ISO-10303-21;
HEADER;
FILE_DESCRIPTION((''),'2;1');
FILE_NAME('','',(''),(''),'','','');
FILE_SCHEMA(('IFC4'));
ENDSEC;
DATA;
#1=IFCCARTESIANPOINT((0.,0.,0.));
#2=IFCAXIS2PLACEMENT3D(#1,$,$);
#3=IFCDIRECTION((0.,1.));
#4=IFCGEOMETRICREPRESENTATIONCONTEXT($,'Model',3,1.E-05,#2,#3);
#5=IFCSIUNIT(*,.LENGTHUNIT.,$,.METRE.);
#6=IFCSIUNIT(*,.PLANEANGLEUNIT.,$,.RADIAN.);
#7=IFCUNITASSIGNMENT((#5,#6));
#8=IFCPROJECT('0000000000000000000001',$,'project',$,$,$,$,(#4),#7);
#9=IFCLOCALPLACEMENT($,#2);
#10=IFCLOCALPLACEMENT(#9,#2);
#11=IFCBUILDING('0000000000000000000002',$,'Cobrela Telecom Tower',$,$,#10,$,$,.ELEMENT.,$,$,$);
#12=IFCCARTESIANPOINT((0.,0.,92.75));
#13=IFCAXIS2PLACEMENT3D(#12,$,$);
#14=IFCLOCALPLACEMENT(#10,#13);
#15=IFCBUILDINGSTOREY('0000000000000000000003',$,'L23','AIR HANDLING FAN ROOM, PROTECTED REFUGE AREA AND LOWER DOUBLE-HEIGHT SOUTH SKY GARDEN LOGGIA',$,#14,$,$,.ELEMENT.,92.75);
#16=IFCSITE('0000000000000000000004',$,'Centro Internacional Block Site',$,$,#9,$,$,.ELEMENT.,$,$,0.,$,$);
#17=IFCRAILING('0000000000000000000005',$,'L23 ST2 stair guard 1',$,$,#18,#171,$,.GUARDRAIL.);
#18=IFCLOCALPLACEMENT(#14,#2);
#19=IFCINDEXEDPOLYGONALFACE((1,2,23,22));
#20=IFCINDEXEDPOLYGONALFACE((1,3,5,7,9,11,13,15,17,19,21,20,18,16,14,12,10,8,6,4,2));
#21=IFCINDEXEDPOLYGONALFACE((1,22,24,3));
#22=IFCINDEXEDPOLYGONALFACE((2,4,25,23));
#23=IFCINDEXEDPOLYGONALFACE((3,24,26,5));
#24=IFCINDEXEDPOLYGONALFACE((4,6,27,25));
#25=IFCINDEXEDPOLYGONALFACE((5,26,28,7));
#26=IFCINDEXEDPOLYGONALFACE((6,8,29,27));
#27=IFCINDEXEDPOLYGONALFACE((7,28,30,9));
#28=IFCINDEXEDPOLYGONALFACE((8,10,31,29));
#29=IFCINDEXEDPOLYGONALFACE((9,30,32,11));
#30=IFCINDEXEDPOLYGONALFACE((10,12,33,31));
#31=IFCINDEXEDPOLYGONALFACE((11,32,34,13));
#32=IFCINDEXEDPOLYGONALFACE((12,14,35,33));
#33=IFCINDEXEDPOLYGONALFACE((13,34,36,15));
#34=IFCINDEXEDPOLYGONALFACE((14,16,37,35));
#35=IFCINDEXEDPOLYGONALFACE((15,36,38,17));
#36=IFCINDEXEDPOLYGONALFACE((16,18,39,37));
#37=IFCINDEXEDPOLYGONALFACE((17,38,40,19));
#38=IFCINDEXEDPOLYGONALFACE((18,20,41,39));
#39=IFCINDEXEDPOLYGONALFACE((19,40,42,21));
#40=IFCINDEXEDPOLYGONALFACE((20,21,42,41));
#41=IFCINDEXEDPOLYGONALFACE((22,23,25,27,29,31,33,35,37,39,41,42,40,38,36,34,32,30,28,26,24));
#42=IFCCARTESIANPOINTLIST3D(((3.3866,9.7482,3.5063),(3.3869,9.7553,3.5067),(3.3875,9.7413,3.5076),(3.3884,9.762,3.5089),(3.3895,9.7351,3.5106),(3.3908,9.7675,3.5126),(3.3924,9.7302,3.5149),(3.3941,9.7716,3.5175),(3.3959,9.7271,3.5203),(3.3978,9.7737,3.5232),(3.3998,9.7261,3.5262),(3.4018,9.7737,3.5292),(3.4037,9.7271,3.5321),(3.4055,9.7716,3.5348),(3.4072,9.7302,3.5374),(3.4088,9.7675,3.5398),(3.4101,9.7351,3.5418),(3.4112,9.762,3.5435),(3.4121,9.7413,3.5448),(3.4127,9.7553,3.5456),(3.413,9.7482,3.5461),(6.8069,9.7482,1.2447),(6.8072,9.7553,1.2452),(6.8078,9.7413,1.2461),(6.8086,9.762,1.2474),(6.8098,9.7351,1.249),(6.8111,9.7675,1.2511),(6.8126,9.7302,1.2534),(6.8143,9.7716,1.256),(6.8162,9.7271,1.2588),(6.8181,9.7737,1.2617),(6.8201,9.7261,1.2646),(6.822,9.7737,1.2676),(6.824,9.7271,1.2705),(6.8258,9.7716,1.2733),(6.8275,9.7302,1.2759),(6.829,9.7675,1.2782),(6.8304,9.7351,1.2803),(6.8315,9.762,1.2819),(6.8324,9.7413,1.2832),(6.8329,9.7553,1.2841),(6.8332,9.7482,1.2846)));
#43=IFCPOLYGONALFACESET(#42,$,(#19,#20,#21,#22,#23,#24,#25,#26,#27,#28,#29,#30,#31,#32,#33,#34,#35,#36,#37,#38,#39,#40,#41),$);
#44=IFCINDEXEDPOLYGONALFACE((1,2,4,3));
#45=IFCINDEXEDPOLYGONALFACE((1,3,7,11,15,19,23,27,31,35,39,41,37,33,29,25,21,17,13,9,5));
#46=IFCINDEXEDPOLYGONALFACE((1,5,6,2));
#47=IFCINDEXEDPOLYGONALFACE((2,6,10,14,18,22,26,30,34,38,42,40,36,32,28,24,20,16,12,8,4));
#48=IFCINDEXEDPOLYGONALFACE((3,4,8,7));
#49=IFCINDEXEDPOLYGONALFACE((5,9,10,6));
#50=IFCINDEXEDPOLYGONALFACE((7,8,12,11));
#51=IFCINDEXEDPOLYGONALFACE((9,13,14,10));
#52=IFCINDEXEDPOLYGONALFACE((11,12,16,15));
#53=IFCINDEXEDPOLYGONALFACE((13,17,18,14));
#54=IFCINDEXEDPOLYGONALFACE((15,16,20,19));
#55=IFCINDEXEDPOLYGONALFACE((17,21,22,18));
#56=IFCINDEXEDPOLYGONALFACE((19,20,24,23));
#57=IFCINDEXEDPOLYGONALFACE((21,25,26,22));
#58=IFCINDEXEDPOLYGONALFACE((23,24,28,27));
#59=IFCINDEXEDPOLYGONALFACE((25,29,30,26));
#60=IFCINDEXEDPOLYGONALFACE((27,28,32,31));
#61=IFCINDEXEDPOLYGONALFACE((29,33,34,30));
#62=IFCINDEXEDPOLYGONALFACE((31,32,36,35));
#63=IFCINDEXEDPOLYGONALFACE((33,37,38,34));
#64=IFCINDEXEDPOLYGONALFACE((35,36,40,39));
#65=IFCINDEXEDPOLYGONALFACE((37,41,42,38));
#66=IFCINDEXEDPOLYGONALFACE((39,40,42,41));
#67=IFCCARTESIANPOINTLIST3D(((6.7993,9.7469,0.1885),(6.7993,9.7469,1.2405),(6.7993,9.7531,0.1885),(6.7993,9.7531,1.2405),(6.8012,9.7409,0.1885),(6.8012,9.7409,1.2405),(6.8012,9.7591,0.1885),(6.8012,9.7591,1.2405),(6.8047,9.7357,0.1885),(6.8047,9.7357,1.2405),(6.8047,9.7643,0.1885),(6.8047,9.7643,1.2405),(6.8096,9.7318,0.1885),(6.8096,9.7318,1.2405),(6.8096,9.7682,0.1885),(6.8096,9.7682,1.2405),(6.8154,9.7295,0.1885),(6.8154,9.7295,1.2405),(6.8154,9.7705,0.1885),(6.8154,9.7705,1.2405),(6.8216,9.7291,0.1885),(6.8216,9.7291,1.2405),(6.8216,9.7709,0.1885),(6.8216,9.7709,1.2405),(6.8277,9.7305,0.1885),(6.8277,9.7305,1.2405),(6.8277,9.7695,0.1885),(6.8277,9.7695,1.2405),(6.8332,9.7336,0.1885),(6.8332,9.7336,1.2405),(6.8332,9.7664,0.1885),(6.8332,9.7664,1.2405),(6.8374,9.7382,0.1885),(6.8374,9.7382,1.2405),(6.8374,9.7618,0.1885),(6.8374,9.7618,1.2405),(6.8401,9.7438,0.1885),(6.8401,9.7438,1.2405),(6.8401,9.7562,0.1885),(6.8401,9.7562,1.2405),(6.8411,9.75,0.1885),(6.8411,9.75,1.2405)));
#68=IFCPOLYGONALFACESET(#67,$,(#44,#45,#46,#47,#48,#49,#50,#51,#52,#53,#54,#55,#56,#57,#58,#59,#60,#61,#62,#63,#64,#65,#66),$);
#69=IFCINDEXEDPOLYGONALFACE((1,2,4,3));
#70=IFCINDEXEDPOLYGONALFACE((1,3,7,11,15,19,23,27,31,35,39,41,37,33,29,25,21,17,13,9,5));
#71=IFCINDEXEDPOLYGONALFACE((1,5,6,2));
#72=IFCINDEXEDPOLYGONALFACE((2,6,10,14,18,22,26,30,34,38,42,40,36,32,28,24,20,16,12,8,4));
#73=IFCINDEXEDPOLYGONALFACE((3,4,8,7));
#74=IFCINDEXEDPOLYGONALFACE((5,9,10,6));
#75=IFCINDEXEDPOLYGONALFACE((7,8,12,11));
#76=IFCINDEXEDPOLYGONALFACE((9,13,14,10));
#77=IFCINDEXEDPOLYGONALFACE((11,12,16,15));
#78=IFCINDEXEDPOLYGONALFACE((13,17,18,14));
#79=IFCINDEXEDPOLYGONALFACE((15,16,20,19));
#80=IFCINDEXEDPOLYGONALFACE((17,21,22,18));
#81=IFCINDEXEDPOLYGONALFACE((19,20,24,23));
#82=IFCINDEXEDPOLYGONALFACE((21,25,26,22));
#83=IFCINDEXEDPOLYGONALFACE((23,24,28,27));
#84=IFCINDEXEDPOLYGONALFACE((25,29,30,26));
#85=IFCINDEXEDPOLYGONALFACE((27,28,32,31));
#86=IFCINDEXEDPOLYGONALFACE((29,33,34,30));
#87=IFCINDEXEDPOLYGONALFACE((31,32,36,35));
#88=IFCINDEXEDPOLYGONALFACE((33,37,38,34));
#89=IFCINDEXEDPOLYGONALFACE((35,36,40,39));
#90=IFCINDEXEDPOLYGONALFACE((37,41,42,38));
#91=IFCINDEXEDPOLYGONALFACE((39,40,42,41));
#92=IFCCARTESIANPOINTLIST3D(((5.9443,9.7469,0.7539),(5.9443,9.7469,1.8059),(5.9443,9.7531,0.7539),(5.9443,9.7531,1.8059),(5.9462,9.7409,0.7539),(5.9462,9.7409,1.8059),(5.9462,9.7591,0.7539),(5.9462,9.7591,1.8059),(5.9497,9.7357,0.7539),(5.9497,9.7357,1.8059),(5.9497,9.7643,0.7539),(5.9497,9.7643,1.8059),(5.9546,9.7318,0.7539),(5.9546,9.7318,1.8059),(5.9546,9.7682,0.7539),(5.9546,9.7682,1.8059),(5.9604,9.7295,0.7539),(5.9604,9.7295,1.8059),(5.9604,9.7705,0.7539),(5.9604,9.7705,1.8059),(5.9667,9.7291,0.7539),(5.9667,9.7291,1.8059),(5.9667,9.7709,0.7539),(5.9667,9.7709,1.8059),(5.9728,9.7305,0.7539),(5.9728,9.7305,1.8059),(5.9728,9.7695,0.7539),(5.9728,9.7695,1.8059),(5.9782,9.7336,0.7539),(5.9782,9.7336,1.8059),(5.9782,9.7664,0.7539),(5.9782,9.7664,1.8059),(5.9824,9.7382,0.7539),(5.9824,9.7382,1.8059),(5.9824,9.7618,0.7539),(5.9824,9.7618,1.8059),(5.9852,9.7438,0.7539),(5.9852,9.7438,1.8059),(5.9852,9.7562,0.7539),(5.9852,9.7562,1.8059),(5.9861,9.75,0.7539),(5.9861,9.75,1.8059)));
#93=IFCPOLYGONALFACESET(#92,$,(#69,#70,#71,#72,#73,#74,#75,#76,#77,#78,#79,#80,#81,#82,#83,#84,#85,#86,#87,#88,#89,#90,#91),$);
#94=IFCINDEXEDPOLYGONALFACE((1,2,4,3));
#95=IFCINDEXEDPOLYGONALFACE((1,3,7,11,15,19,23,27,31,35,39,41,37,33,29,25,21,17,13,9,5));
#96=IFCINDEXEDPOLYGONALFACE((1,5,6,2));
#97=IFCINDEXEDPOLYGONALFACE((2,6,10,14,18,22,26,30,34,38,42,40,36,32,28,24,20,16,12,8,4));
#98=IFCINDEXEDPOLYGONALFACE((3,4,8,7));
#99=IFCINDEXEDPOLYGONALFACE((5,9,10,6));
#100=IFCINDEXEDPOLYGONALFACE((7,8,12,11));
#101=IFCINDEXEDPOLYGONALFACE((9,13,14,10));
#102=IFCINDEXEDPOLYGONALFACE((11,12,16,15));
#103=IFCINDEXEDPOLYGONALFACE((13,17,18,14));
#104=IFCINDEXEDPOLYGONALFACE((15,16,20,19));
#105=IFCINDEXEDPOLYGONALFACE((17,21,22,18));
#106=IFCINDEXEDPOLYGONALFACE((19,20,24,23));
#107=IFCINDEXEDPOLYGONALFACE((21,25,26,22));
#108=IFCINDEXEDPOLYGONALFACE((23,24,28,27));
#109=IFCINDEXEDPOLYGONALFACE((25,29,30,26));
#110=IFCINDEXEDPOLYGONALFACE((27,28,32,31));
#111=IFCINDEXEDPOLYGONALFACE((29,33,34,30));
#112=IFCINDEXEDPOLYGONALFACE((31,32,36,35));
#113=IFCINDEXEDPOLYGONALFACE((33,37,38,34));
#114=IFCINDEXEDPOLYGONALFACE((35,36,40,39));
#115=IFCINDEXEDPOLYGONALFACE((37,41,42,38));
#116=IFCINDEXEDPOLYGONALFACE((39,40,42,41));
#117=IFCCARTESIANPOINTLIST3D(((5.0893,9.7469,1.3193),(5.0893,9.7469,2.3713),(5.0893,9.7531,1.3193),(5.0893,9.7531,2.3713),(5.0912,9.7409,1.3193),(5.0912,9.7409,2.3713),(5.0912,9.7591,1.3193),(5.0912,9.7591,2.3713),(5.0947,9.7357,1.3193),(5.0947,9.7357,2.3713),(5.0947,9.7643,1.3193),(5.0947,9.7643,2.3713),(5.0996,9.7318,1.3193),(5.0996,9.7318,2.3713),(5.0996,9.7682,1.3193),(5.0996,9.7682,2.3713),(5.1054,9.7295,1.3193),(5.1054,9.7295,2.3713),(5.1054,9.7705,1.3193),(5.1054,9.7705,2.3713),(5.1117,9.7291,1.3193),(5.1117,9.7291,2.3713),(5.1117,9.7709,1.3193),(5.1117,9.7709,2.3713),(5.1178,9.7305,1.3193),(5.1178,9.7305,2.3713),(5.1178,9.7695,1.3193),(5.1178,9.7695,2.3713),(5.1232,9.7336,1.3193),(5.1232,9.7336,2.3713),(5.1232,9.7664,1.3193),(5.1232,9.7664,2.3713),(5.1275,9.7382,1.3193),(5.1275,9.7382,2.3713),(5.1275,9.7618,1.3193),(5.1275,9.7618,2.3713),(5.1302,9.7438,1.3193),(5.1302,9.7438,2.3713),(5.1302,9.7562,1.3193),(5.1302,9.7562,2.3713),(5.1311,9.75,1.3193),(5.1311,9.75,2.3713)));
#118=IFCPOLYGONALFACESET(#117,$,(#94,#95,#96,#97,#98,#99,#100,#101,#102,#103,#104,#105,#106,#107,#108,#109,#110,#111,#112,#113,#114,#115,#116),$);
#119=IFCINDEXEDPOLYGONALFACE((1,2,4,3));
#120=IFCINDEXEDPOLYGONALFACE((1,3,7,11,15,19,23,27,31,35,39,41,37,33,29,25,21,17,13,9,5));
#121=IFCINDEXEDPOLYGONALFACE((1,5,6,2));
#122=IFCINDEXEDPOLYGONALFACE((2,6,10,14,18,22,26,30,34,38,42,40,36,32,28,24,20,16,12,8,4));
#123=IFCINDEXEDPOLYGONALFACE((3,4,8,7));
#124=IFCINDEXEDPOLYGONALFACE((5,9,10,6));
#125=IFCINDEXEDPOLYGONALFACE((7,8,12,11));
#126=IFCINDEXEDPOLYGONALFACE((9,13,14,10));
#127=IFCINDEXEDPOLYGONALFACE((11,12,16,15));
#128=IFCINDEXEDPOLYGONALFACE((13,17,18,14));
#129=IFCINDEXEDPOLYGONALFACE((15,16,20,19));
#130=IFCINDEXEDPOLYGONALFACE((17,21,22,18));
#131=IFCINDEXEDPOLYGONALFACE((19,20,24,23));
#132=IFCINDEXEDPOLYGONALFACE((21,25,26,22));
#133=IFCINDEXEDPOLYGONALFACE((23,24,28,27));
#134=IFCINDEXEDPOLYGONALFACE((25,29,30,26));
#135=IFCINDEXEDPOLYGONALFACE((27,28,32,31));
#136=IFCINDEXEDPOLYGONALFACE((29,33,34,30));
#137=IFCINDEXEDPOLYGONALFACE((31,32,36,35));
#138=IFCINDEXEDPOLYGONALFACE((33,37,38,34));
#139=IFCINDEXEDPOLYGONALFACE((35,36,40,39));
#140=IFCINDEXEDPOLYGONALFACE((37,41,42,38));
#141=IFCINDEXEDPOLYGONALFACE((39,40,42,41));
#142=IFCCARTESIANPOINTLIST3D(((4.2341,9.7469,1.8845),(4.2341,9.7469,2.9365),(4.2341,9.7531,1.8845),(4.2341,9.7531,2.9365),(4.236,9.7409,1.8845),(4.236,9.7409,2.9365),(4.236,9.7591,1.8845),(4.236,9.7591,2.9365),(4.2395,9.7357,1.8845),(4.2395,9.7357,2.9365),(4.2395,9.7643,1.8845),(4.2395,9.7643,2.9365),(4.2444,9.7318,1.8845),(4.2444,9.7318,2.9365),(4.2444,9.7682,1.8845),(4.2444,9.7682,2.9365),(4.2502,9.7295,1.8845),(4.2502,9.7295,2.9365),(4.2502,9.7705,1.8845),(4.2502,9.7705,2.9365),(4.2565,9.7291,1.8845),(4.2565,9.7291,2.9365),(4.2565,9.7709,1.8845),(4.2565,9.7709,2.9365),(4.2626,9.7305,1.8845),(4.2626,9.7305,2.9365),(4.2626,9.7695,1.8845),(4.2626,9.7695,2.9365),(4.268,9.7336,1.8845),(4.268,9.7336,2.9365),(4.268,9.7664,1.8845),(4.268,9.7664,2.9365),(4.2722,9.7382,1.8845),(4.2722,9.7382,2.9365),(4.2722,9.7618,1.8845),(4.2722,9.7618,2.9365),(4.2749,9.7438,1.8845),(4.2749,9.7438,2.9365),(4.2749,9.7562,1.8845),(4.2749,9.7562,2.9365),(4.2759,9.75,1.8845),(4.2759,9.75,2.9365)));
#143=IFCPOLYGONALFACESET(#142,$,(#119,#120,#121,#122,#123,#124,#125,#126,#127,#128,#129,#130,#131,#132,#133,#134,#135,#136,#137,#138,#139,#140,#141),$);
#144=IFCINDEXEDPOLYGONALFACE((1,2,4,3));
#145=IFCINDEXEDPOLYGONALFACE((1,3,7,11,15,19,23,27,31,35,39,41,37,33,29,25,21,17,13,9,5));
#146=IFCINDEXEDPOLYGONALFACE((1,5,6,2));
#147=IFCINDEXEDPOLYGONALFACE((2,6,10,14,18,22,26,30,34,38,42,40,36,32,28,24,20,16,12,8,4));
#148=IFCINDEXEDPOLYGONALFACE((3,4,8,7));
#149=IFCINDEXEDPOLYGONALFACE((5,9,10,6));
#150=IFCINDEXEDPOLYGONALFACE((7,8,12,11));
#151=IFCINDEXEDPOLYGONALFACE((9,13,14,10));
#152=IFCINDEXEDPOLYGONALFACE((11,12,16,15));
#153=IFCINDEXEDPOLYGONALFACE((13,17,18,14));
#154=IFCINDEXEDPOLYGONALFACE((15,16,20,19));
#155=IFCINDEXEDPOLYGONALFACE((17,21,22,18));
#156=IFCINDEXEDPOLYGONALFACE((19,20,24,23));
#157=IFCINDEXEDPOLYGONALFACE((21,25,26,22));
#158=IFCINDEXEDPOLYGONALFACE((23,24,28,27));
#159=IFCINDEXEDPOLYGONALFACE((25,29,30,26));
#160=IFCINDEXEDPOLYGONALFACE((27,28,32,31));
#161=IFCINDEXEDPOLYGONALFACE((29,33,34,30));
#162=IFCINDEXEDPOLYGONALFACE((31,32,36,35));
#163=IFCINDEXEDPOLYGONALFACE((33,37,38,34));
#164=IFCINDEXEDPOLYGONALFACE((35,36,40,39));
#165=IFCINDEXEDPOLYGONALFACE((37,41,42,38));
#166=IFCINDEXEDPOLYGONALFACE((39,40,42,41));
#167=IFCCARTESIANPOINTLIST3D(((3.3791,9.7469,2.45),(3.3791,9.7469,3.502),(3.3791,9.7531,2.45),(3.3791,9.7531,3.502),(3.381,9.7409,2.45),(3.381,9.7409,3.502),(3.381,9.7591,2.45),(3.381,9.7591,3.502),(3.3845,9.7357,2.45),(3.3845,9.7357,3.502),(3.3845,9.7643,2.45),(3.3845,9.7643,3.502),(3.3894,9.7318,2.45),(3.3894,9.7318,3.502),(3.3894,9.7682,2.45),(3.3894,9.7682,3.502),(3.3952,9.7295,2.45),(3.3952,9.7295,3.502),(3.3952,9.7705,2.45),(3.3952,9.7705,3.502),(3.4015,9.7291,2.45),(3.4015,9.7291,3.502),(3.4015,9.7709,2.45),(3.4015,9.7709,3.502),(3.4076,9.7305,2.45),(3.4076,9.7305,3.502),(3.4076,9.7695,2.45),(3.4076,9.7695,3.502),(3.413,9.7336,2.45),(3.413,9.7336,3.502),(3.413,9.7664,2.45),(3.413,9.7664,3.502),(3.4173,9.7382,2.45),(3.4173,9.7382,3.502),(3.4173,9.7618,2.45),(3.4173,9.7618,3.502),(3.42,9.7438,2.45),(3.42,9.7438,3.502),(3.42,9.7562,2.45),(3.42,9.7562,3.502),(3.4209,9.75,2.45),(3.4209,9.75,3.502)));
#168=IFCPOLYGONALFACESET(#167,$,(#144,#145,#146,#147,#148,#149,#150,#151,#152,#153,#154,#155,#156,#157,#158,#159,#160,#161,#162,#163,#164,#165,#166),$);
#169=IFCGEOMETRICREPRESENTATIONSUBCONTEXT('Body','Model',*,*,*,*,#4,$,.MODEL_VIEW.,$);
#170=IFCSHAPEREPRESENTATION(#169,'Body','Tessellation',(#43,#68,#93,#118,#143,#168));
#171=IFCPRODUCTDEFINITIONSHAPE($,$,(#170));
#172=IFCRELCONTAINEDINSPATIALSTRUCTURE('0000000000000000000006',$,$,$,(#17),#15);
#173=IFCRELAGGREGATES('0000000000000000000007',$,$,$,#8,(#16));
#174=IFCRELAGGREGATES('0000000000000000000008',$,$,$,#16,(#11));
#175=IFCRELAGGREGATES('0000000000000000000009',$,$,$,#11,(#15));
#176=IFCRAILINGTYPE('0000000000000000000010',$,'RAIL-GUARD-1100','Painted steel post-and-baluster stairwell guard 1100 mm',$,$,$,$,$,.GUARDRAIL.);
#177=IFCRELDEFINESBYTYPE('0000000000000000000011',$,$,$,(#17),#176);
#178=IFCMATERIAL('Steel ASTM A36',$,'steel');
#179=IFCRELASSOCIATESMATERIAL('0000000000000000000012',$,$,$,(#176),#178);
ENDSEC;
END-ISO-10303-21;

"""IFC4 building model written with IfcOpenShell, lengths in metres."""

from ifc_helpers import new_model, si_unit, direction, frame, origin, origin_2d, place, context, subcontext, project, spatial, circle, extrude, material, type_object, element, save


model = new_model("IFC4")

# Units and contexts
model_context = context("Model", 3, precision=1e-05, world=origin(), true_north=direction((0.0, 1.0)))
body_context = subcontext(model_context, "Body", "Model", "MODEL_VIEW")
ifc_project = project(units=[si_unit("LENGTHUNIT", "METRE"), si_unit("PLANEANGLEUNIT", "RADIAN")], contexts=[model_context])

# Site, building, storey
site_placement = place(None, origin())
site = spatial("IfcSite", under=ifc_project, at=site_placement, Name="Centro Internacional Block Site", CompositionType="ELEMENT", RefElevation=0.0)
building_placement = place(site_placement, origin())
building = spatial("IfcBuilding", under=site, at=building_placement, Name="Cobrela Telecom Tower", CompositionType="ELEMENT")
storey_placement = place(building_placement, frame((0.0, 0.0, 92.75)))
storey = spatial("IfcBuildingStorey", under=building, at=storey_placement, Name="L23", Description="AIR HANDLING FAN ROOM, PROTECTED REFUGE AREA AND LOWER DOUBLE-HEIGHT SOUTH SKY GARDEN LOGGIA", CompositionType="ELEMENT", Elevation=92.75)

# Railing
ifc_material_1 = material(Name="Steel ASTM A36", Category="steel")
railing_type_1 = type_object("IfcRailingType", Name="RAIL-GUARD-1100", Description="Painted steel post-and-baluster stairwell guard 1100 mm", PredefinedType="GUARDRAIL", material=ifc_material_1)
railing_1_placement = place(storey_placement, frame((6.8201, 9.75, 0.1885)))
element("IfcRailing", 1, at=railing_1_placement, inside=storey, type_object=railing_type_1, Name="L23 ST2 stair guard 1", PredefinedType="GUARDRAIL", context=body_context, shape_type="SweptSolid", body=[
    extrude(circle(Radius=0.0239, at=origin_2d()), frame((0.0, 0.0, 1.0762), z_axis=(-0.834142, 0.0, 0.55155), x_axis=(0.0, -1.0, 0.0)), (0.0, 0.0, 1.0), 4.1003),
    extrude(circle(Radius=0.021, at=origin_2d()), origin(), (0.0, 0.0, 1.0), 1.052),
    extrude(circle(Radius=0.021, at=origin_2d()), frame((-0.855, 0.0, 0.5654)), (0.0, 0.0, 1.0), 1.052),
    extrude(circle(Radius=0.021, at=origin_2d()), frame((-1.71, 0.0, 1.1309)), (0.0, 0.0, 1.0), 1.052),
    extrude(circle(Radius=0.021, at=origin_2d()), frame((-2.5652, 0.0, 1.696)), (0.0, 0.0, 1.0), 1.052),
    extrude(circle(Radius=0.021, at=origin_2d()), frame((-3.4202, 0.0, 2.2615)), (0.0, 0.0, 1.0), 1.052),
])

save(model, "model.ifc")
